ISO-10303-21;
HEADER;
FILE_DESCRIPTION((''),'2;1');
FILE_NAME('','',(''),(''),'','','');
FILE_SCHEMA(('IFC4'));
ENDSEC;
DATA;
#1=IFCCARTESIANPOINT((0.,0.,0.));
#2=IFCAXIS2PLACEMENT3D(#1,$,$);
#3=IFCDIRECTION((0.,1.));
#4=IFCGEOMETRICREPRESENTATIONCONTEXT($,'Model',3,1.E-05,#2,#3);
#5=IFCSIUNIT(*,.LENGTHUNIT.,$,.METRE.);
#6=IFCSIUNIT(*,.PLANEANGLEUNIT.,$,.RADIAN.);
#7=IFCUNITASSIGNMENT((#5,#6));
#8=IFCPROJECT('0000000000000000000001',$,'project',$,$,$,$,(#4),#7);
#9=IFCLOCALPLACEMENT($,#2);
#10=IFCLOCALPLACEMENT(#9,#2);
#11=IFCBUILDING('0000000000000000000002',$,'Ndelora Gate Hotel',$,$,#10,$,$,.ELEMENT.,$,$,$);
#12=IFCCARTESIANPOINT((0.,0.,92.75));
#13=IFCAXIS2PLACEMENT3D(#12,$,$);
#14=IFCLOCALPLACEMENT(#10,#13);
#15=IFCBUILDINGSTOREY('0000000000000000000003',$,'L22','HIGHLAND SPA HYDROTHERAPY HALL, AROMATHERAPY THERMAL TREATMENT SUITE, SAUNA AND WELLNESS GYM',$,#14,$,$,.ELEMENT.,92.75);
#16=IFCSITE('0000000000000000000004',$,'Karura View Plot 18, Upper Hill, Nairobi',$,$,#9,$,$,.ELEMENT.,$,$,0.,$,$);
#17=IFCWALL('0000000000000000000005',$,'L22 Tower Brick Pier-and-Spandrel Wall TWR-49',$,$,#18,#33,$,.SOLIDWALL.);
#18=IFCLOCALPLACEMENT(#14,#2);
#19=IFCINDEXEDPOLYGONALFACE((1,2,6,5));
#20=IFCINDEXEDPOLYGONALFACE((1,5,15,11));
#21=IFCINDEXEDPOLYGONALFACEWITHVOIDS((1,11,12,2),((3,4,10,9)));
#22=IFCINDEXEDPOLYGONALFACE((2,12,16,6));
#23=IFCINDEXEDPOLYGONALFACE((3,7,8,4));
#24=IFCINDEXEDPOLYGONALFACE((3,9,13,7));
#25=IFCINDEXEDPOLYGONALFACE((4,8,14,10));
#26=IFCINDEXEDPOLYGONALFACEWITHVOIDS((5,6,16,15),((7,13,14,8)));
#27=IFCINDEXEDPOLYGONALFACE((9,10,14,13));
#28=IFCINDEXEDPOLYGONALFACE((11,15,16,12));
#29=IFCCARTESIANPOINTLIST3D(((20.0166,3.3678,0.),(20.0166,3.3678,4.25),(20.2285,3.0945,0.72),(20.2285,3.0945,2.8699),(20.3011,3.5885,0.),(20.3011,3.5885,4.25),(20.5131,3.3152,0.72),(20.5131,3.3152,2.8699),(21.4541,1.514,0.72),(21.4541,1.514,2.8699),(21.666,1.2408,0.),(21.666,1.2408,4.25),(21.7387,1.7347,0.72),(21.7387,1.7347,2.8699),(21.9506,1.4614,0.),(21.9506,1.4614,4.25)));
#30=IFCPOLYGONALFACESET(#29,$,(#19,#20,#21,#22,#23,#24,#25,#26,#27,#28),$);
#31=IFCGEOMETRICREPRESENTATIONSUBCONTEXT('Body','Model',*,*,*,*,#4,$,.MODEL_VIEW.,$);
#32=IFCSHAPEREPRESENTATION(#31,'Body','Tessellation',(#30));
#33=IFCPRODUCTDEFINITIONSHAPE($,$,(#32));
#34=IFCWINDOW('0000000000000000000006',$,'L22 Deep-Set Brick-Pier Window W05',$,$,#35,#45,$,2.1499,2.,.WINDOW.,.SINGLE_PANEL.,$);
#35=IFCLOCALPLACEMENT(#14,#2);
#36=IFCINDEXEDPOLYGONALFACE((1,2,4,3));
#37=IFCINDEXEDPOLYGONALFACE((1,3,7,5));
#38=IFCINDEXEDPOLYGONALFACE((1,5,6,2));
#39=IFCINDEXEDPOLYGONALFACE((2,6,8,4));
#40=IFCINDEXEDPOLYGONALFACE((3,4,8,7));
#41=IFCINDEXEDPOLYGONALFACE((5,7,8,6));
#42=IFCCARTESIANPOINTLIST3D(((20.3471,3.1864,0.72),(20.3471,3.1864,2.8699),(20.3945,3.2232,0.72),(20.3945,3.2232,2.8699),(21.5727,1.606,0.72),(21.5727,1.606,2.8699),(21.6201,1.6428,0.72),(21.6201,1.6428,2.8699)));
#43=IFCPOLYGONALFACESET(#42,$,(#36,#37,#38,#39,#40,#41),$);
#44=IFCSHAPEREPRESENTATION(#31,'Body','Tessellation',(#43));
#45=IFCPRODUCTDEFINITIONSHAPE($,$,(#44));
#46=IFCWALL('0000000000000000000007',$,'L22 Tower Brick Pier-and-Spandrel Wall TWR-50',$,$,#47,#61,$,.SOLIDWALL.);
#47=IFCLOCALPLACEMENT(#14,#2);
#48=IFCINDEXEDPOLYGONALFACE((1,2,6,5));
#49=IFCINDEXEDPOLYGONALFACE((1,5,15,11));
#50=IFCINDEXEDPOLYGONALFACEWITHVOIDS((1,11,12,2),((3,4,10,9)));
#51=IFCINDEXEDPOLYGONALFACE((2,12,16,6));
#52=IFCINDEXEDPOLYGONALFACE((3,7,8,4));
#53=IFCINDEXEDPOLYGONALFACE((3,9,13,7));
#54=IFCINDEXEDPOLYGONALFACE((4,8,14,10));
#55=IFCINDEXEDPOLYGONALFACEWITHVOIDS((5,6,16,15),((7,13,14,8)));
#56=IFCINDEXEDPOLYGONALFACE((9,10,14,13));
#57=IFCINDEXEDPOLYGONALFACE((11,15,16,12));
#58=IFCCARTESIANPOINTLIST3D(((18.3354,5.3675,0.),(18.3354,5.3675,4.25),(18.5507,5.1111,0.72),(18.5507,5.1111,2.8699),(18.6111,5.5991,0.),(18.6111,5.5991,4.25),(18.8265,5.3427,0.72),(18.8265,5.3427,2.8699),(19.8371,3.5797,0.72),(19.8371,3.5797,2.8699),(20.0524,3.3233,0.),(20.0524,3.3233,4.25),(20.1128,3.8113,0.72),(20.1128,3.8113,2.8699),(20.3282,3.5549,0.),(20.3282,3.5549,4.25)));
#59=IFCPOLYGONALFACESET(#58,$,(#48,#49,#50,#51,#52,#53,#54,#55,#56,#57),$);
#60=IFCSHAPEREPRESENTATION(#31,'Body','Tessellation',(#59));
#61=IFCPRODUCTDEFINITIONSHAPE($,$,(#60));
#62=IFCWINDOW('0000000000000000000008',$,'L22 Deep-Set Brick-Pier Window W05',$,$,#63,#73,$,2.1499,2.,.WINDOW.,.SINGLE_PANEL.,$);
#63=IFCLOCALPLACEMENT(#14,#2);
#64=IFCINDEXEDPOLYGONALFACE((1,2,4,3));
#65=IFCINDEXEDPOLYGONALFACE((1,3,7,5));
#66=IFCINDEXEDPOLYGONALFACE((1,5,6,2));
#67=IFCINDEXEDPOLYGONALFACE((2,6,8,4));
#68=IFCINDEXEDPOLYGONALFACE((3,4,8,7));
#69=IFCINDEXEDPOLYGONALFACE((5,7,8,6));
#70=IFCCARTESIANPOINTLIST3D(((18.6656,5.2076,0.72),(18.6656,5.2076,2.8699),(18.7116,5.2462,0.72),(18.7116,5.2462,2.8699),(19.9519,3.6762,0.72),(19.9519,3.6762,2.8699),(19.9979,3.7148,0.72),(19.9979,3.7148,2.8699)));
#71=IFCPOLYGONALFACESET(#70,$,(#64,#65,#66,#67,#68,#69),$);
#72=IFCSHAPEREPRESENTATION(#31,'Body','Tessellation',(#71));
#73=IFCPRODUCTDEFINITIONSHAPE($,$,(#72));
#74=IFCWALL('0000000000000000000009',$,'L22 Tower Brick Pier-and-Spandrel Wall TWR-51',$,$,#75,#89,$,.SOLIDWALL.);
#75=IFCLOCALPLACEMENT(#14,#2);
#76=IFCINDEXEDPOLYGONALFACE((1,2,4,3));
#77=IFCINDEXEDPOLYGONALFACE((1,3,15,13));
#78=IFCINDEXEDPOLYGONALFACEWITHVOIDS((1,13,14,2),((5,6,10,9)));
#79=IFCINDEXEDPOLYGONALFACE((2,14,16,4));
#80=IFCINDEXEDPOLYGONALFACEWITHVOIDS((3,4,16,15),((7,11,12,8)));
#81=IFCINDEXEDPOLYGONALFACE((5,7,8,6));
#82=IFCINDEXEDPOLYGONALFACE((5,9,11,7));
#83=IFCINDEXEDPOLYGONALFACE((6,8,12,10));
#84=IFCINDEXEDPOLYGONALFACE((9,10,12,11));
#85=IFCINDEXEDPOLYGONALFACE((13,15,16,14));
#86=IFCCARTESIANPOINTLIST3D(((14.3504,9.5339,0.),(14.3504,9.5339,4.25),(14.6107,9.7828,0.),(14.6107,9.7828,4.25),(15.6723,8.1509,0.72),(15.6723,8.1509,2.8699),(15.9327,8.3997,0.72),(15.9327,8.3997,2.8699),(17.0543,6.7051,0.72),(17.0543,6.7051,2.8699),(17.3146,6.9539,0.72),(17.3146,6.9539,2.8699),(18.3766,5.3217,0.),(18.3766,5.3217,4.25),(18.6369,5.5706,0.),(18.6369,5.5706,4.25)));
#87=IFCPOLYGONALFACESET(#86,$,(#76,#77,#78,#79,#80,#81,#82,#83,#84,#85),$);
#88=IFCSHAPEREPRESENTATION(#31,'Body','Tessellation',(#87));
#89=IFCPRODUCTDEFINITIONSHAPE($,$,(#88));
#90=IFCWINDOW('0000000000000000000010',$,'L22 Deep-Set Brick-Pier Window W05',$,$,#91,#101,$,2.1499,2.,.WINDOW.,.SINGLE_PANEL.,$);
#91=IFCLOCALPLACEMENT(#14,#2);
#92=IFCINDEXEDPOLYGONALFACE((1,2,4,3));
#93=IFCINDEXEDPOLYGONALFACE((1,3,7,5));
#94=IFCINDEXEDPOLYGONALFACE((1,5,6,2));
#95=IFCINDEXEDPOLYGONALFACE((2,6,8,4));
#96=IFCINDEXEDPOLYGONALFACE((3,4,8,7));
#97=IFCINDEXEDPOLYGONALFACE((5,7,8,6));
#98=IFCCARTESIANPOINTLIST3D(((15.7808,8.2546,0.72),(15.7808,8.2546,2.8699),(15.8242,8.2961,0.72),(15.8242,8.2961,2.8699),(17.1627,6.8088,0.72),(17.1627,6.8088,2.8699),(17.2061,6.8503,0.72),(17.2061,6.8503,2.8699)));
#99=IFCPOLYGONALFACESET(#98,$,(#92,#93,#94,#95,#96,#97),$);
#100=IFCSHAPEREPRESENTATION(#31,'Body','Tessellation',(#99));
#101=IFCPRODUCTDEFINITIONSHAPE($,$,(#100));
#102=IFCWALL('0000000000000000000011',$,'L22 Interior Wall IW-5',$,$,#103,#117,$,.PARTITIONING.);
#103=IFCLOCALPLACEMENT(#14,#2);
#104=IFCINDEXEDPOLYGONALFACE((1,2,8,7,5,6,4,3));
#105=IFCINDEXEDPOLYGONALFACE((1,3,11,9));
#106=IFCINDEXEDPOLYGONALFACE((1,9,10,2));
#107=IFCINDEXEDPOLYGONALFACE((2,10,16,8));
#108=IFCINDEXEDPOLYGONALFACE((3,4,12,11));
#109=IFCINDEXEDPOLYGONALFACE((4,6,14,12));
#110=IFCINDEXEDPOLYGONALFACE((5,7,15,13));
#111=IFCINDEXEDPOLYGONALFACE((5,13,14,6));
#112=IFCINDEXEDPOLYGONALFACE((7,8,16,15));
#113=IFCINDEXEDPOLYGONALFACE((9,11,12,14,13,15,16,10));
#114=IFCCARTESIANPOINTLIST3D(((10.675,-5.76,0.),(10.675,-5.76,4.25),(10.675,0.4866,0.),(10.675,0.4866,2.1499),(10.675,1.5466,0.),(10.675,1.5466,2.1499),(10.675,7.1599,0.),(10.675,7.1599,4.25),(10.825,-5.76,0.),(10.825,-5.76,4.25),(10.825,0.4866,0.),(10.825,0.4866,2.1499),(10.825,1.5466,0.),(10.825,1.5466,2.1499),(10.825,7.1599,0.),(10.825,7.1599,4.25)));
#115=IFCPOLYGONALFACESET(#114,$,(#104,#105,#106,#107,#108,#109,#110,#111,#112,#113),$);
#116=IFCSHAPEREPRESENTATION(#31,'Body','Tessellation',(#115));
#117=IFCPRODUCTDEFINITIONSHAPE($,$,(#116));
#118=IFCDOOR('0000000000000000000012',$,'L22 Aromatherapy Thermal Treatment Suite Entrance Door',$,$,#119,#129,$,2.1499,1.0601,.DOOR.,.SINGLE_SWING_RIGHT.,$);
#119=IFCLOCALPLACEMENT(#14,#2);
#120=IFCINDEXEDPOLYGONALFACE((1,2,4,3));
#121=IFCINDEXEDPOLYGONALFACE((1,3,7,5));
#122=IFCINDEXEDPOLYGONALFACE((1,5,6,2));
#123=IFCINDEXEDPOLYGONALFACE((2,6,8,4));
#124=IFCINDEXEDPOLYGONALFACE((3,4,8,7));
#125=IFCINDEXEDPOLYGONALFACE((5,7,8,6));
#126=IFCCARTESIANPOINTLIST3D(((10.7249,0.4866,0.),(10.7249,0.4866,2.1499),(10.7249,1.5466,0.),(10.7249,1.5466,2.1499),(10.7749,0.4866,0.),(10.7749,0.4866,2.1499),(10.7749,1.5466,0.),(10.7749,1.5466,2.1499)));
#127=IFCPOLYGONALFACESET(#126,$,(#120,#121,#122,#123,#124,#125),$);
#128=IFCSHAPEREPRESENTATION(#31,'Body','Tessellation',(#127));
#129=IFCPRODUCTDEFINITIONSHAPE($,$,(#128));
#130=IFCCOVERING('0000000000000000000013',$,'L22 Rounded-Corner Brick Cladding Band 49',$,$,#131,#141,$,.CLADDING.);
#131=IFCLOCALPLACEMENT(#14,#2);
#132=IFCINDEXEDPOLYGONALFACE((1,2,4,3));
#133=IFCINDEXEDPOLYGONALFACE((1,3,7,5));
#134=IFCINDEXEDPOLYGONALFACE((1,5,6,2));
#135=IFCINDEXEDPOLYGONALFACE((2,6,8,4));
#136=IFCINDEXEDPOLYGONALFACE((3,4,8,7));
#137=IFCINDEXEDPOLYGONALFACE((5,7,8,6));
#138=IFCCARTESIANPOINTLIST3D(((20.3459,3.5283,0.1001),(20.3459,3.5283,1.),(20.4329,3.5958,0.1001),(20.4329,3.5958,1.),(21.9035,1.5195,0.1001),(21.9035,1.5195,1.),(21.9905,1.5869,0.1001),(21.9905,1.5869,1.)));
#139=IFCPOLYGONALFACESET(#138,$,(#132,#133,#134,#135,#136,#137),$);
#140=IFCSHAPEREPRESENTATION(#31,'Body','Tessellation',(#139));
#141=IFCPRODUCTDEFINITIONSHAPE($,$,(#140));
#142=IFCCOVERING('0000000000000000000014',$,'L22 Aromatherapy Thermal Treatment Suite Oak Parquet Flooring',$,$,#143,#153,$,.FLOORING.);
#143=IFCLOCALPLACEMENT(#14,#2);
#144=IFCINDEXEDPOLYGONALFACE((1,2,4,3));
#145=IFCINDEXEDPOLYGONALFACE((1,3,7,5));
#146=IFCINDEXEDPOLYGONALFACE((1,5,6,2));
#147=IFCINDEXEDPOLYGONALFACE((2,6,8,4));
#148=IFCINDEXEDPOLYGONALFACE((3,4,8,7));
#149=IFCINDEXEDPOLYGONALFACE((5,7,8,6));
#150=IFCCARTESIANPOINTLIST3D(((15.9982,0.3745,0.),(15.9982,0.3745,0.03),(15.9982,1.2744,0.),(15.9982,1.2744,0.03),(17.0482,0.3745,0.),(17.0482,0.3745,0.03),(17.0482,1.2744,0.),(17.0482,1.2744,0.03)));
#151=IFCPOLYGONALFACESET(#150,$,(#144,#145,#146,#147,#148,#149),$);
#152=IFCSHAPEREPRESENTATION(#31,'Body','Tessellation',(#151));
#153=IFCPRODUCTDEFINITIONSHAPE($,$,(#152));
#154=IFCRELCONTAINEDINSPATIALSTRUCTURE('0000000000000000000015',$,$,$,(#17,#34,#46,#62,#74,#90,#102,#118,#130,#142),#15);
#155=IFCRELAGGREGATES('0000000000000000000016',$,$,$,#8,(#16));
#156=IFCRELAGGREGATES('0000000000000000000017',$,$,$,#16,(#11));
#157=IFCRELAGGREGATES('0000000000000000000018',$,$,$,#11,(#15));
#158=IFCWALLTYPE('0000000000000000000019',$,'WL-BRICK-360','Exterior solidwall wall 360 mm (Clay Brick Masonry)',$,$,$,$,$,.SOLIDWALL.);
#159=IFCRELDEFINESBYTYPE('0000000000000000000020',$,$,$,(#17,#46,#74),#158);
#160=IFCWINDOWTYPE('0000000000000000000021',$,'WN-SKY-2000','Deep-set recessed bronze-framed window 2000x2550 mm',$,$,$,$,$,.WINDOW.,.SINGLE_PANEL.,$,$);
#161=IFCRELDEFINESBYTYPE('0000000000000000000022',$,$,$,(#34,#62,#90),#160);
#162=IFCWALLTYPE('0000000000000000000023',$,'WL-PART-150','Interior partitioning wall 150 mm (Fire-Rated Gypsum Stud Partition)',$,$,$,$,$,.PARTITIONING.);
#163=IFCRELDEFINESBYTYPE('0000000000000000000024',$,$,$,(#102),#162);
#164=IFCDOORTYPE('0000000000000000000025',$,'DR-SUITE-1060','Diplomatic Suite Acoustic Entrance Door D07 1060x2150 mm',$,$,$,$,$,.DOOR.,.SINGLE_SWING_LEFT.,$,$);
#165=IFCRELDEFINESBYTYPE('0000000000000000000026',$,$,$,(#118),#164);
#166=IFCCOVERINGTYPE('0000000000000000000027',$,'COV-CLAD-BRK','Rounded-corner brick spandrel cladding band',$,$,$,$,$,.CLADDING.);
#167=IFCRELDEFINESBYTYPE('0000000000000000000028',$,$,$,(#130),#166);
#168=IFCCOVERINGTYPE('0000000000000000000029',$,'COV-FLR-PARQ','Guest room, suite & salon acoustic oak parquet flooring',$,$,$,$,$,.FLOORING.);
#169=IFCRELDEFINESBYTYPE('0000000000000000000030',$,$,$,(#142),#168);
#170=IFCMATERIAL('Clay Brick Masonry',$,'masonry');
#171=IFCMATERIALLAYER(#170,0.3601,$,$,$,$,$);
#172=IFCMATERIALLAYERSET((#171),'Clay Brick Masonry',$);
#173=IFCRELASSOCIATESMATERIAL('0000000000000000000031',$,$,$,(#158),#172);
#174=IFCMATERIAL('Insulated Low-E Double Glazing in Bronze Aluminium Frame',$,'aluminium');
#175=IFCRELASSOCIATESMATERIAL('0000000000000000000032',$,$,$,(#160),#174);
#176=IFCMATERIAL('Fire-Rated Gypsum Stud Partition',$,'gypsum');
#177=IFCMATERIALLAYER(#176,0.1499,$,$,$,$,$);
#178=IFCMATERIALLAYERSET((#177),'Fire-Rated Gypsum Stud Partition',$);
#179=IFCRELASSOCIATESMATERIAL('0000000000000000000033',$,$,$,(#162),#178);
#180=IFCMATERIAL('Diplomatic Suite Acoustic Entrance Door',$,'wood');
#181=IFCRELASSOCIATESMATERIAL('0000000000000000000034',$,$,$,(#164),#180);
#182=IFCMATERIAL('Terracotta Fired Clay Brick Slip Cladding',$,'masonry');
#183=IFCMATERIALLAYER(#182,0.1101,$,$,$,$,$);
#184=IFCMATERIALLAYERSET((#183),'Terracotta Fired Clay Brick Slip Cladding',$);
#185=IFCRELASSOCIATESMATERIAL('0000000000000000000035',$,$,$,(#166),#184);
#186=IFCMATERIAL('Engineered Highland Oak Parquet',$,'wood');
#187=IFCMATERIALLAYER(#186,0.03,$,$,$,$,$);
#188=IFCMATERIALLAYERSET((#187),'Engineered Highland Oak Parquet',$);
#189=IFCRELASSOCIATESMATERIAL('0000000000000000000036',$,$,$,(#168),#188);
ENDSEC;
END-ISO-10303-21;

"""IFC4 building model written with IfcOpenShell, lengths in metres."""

from ifc_helpers import new_model, si_unit, direction, frame, frame_2d, origin, origin_2d, place, context, subcontext, project, spatial, rectangle, extrude, material, layer, layer_set, type_object, element, fill, save


model = new_model("IFC4")

# Units and contexts
model_context = context("Model", 3, precision=1e-05, world=origin(), true_north=direction((0.0, 1.0)))
body_context = subcontext(model_context, "Body", "Model", "MODEL_VIEW")
ifc_project = project(units=[si_unit("LENGTHUNIT", "METRE"), si_unit("PLANEANGLEUNIT", "RADIAN")], contexts=[model_context])

# Site, building, storey
site_placement = place(None, origin())
site = spatial("IfcSite", under=ifc_project, at=site_placement, Name="Karura View Plot 18, Upper Hill, Nairobi", CompositionType="ELEMENT", RefElevation=0.0)
building_placement = place(site_placement, origin())
building = spatial("IfcBuilding", under=site, at=building_placement, Name="Ndelora Gate Hotel", CompositionType="ELEMENT")
storey_placement = place(building_placement, frame((0.0, 0.0, 92.75)))
storey = spatial("IfcBuildingStorey", under=building, at=storey_placement, Name="L22", Description="HIGHLAND SPA HYDROTHERAPY HALL, AROMATHERAPY THERMAL TREATMENT SUITE, SAUNA AND WELLNESS GYM", CompositionType="ELEMENT", Elevation=92.75)

# Shared definitions
ifc_material_1 = material(Name="Clay Brick Masonry", Category="masonry")
ifc_layer_1 = layer(ifc_material_1, 0.3601)
ifc_layer_set_1 = layer_set([ifc_layer_1], Name="Clay Brick Masonry")
wall_type_1 = type_object("IfcWallType", Name="WL-BRICK-360", Description="Exterior solidwall wall 360 mm (Clay Brick Masonry)", PredefinedType="SOLIDWALL", material=ifc_layer_set_1)

# Walls, openings, windows
wall_1_placement = place(storey_placement, frame((20.1589, 3.478, 0.0), z_axis=(0.0, 0.0, 1.0), x_axis=(0.61281, -0.790231, 0.0)))
wall_1 = element("IfcWall", 1, at=wall_1_placement, inside=storey, type_object=wall_type_1, Name="L22 Tower Brick Pier-and-Spandrel Wall TWR-49", PredefinedType="SOLIDWALL", context=body_context, shape_type="SweptSolid", body=[
    extrude(rectangle(XDim=2.6917, YDim=0.3601, at=frame_2d((1.3457, 0.0))), origin(), (0.0, 0.0, 1.0), 4.25),
])
opening_1_placement = place(wall_1_placement, frame((0.3457, 0.0, 0.72)))
opening_1 = element("IfcOpeningElement", 2, at=opening_1_placement, cuts=wall_1, PredefinedType="OPENING", context=body_context, shape_type="SweptSolid", body=[
    extrude(rectangle(XDim=2.0, YDim=2.1499, at=frame_2d((1.0, 1.075))), frame((0.0, 0.1899, 0.0), z_axis=(0.0, -1.0, 0.0), x_axis=(1.0, 0.0, 0.0)), (0.0, 0.0, 1.0), 0.3801),
])
ifc_material_2 = material(Name="Insulated Low-E Double Glazing in Bronze Aluminium Frame", Category="aluminium")
window_type = type_object("IfcWindowType", Name="WN-SKY-2000", Description="Deep-set recessed bronze-framed window 2000x2550 mm", PartitioningType="SINGLE_PANEL", PredefinedType="WINDOW", material=ifc_material_2)
window_1_placement = place(opening_1_placement, origin())
window_1 = element("IfcWindow", 3, at=window_1_placement, inside=storey, type_object=window_type, Name="L22 Deep-Set Brick-Pier Window W05", OverallHeight=2.1499, OverallWidth=2.0, PartitioningType="SINGLE_PANEL", PredefinedType="WINDOW", context=body_context, shape_type="SweptSolid", body=[
    extrude(rectangle(XDim=2.0, YDim=2.1499, at=frame_2d((1.0, 1.075))), frame((0.0, 0.03, 0.0), z_axis=(0.0, -1.0, 0.0), x_axis=(1.0, 0.0, 0.0)), (0.0, 0.0, 1.0), 0.0601),
])
fill(opening_1, window_1)
wall_2_placement = place(storey_placement, frame((18.4731, 5.4834, 0.0), z_axis=(0.0, 0.0, 1.0), x_axis=(0.643175, -0.765719, 0.0)))
wall_2 = element("IfcWall", 4, at=wall_2_placement, inside=storey, type_object=wall_type_1, Name="L22 Tower Brick Pier-and-Spandrel Wall TWR-50", PredefinedType="SOLIDWALL", context=body_context, shape_type="SweptSolid", body=[
    extrude(rectangle(XDim=2.6697, YDim=0.3601, at=frame_2d((1.335, 0.0))), origin(), (0.0, 0.0, 1.0), 4.25),
])
opening_2_placement = place(wall_2_placement, frame((0.335, 0.0, 0.72)))
opening_2 = element("IfcOpeningElement", 5, at=opening_2_placement, cuts=wall_2, PredefinedType="OPENING", context=body_context, shape_type="SweptSolid", body=[
    extrude(rectangle(XDim=2.0, YDim=2.1499, at=frame_2d((1.0, 1.075))), frame((0.0, 0.1899, 0.0), z_axis=(0.0, -1.0, 0.0), x_axis=(1.0, 0.0, 0.0)), (0.0, 0.0, 1.0), 0.3801),
])
window_2_placement = place(opening_2_placement, origin())
window_2 = element("IfcWindow", 6, at=window_2_placement, inside=storey, type_object=window_type, Name="L22 Deep-Set Brick-Pier Window W05", OverallHeight=2.1499, OverallWidth=2.0, PartitioningType="SINGLE_PANEL", PredefinedType="WINDOW", context=body_context, shape_type="SweptSolid", body=[
    extrude(rectangle(XDim=2.0, YDim=2.1499, at=frame_2d((1.0, 1.075))), frame((0.0, 0.03, 0.0), z_axis=(0.0, -1.0, 0.0), x_axis=(1.0, 0.0, 0.0)), (0.0, 0.0, 1.0), 0.0601),
])
fill(opening_2, window_2)
wall_3_placement = place(storey_placement, frame((14.4805, 9.6584, 0.0), z_axis=(0.0, 0.0, 1.0), x_axis=(0.690963, -0.72289, 0.0)))
wall_3 = element("IfcWall", 7, at=wall_3_placement, inside=storey, type_object=wall_type_1, Name="L22 Tower Brick Pier-and-Spandrel Wall TWR-51", PredefinedType="SOLIDWALL", context=body_context, shape_type="SweptSolid", body=[
    extrude(rectangle(XDim=5.8269, YDim=0.3601, at=frame_2d((2.9136, 0.0))), origin(), (0.0, 0.0, 1.0), 4.25),
])
opening_3_placement = place(wall_3_placement, frame((1.9133, 0.0, 0.72)))
opening_3 = element("IfcOpeningElement", 8, at=opening_3_placement, cuts=wall_3, PredefinedType="OPENING", context=body_context, shape_type="SweptSolid", body=[
    extrude(rectangle(XDim=2.0, YDim=2.1499, at=frame_2d((1.0, 1.075))), frame((0.0, 0.1899, 0.0), z_axis=(0.0, -1.0, 0.0), x_axis=(1.0, 0.0, 0.0)), (0.0, 0.0, 1.0), 0.3801),
])
window_3_placement = place(opening_3_placement, origin())
window_3 = element("IfcWindow", 9, at=window_3_placement, inside=storey, type_object=window_type, Name="L22 Deep-Set Brick-Pier Window W05", OverallHeight=2.1499, OverallWidth=2.0, PartitioningType="SINGLE_PANEL", PredefinedType="WINDOW", context=body_context, shape_type="SweptSolid", body=[
    extrude(rectangle(XDim=2.0, YDim=2.1499, at=frame_2d((1.0, 1.075))), frame((0.0, 0.03, 0.0), z_axis=(0.0, -1.0, 0.0), x_axis=(1.0, 0.0, 0.0)), (0.0, 0.0, 1.0), 0.0601),
])
fill(opening_3, window_3)

# Wall, opening, door
ifc_material_3 = material(Name="Fire-Rated Gypsum Stud Partition", Category="gypsum")
ifc_layer_2 = layer(ifc_material_3, 0.1499)
ifc_layer_set_2 = layer_set([ifc_layer_2], Name="Fire-Rated Gypsum Stud Partition")
wall_type_2 = type_object("IfcWallType", Name="WL-PART-150", Description="Interior partitioning wall 150 mm (Fire-Rated Gypsum Stud Partition)", PredefinedType="PARTITIONING", material=ifc_layer_set_2)
wall_4_placement = place(storey_placement, frame((10.75, 7.1599, 0.0), z_axis=(0.0, 0.0, 1.0), x_axis=(0.0, -1.0, 0.0)))
wall_4 = element("IfcWall", 10, at=wall_4_placement, inside=storey, type_object=wall_type_2, Name="L22 Interior Wall IW-5", PredefinedType="PARTITIONING", context=body_context, shape_type="SweptSolid", body=[
    extrude(rectangle(XDim=12.9199, YDim=0.1499, at=frame_2d((6.46, 0.0))), origin(), (0.0, 0.0, 1.0), 4.25),
])
opening_4_placement = place(wall_4_placement, frame((5.6133, 0.0, 0.0)))
opening_4 = element("IfcOpeningElement", 11, at=opening_4_placement, cuts=wall_4, PredefinedType="OPENING", context=body_context, shape_type="SweptSolid", body=[
    extrude(rectangle(XDim=1.0601, YDim=2.1499, at=frame_2d((0.53, 1.075))), frame((0.0, 0.085, 0.0), z_axis=(0.0, -1.0, 0.0), x_axis=(1.0, 0.0, 0.0)), (0.0, 0.0, 1.0), 0.1699),
])
ifc_material_4 = material(Name="Diplomatic Suite Acoustic Entrance Door", Category="wood")
door_type = type_object("IfcDoorType", Name="DR-SUITE-1060", Description="Diplomatic Suite Acoustic Entrance Door D07 1060x2150 mm", OperationType="SINGLE_SWING_LEFT", PredefinedType="DOOR", material=ifc_material_4)
door_placement = place(opening_4_placement, origin())
door = element("IfcDoor", 12, at=door_placement, inside=storey, type_object=door_type, Name="L22 Aromatherapy Thermal Treatment Suite Entrance Door", OperationType="SINGLE_SWING_RIGHT", OverallHeight=2.1499, OverallWidth=1.0601, PredefinedType="DOOR", context=body_context, shape_type="SweptSolid", body=[
    extrude(rectangle(XDim=1.0601, YDim=2.1499, at=frame_2d((0.53, 1.075))), frame((0.0, 0.0249, 0.0), z_axis=(0.0, -1.0, 0.0), x_axis=(1.0, 0.0, 0.0)), (0.0, 0.0, 1.0), 0.05),
])
fill(opening_4, door)

# Coverings
ifc_material_5 = material(Name="Terracotta Fired Clay Brick Slip Cladding", Category="masonry")
ifc_layer_3 = layer(ifc_material_5, 0.1101)
ifc_layer_set_3 = layer_set([ifc_layer_3], Name="Terracotta Fired Clay Brick Slip Cladding")
covering_type_1 = type_object("IfcCoveringType", Name="COV-CLAD-BRK", Description="Rounded-corner brick spandrel cladding band", PredefinedType="CLADDING", material=ifc_layer_set_3)
covering_1_placement = place(storey_placement, frame((21.1682, 2.5576, 0.1001), z_axis=(0.0, 0.0, 1.0), x_axis=(-0.612769, 0.790262, 0.0)))
element("IfcCovering", 13, at=covering_1_placement, inside=storey, type_object=covering_type_1, Name="L22 Rounded-Corner Brick Cladding Band 49", PredefinedType="CLADDING", context=body_context, shape_type="SweptSolid", body=[
    extrude(rectangle(XDim=2.542, YDim=0.1101, at=origin_2d()), origin(), (0.0, 0.0, 1.0), 0.8999),
])
ifc_material_6 = material(Name="Engineered Highland Oak Parquet", Category="wood")
ifc_layer_4 = layer(ifc_material_6, 0.03)
ifc_layer_set_4 = layer_set([ifc_layer_4], Name="Engineered Highland Oak Parquet")
covering_type_2 = type_object("IfcCoveringType", Name="COV-FLR-PARQ", Description="Guest room, suite & salon acoustic oak parquet flooring", PredefinedType="FLOORING", material=ifc_layer_set_4)
covering_2_placement = place(storey_placement, frame((16.5232, 0.8245, 0.0), z_axis=(0.0, 0.0, 1.0), x_axis=(1.0, 0.0, 0.0)))
element("IfcCovering", 14, at=covering_2_placement, inside=storey, type_object=covering_type_2, Name="L22 Aromatherapy Thermal Treatment Suite Oak Parquet Flooring", PredefinedType="FLOORING", context=body_context, shape_type="SweptSolid", body=[
    extrude(rectangle(XDim=1.05, YDim=0.8999, at=origin_2d()), origin(), (0.0, 0.0, 1.0), 0.03),
])

save(model, "model.ifc")
